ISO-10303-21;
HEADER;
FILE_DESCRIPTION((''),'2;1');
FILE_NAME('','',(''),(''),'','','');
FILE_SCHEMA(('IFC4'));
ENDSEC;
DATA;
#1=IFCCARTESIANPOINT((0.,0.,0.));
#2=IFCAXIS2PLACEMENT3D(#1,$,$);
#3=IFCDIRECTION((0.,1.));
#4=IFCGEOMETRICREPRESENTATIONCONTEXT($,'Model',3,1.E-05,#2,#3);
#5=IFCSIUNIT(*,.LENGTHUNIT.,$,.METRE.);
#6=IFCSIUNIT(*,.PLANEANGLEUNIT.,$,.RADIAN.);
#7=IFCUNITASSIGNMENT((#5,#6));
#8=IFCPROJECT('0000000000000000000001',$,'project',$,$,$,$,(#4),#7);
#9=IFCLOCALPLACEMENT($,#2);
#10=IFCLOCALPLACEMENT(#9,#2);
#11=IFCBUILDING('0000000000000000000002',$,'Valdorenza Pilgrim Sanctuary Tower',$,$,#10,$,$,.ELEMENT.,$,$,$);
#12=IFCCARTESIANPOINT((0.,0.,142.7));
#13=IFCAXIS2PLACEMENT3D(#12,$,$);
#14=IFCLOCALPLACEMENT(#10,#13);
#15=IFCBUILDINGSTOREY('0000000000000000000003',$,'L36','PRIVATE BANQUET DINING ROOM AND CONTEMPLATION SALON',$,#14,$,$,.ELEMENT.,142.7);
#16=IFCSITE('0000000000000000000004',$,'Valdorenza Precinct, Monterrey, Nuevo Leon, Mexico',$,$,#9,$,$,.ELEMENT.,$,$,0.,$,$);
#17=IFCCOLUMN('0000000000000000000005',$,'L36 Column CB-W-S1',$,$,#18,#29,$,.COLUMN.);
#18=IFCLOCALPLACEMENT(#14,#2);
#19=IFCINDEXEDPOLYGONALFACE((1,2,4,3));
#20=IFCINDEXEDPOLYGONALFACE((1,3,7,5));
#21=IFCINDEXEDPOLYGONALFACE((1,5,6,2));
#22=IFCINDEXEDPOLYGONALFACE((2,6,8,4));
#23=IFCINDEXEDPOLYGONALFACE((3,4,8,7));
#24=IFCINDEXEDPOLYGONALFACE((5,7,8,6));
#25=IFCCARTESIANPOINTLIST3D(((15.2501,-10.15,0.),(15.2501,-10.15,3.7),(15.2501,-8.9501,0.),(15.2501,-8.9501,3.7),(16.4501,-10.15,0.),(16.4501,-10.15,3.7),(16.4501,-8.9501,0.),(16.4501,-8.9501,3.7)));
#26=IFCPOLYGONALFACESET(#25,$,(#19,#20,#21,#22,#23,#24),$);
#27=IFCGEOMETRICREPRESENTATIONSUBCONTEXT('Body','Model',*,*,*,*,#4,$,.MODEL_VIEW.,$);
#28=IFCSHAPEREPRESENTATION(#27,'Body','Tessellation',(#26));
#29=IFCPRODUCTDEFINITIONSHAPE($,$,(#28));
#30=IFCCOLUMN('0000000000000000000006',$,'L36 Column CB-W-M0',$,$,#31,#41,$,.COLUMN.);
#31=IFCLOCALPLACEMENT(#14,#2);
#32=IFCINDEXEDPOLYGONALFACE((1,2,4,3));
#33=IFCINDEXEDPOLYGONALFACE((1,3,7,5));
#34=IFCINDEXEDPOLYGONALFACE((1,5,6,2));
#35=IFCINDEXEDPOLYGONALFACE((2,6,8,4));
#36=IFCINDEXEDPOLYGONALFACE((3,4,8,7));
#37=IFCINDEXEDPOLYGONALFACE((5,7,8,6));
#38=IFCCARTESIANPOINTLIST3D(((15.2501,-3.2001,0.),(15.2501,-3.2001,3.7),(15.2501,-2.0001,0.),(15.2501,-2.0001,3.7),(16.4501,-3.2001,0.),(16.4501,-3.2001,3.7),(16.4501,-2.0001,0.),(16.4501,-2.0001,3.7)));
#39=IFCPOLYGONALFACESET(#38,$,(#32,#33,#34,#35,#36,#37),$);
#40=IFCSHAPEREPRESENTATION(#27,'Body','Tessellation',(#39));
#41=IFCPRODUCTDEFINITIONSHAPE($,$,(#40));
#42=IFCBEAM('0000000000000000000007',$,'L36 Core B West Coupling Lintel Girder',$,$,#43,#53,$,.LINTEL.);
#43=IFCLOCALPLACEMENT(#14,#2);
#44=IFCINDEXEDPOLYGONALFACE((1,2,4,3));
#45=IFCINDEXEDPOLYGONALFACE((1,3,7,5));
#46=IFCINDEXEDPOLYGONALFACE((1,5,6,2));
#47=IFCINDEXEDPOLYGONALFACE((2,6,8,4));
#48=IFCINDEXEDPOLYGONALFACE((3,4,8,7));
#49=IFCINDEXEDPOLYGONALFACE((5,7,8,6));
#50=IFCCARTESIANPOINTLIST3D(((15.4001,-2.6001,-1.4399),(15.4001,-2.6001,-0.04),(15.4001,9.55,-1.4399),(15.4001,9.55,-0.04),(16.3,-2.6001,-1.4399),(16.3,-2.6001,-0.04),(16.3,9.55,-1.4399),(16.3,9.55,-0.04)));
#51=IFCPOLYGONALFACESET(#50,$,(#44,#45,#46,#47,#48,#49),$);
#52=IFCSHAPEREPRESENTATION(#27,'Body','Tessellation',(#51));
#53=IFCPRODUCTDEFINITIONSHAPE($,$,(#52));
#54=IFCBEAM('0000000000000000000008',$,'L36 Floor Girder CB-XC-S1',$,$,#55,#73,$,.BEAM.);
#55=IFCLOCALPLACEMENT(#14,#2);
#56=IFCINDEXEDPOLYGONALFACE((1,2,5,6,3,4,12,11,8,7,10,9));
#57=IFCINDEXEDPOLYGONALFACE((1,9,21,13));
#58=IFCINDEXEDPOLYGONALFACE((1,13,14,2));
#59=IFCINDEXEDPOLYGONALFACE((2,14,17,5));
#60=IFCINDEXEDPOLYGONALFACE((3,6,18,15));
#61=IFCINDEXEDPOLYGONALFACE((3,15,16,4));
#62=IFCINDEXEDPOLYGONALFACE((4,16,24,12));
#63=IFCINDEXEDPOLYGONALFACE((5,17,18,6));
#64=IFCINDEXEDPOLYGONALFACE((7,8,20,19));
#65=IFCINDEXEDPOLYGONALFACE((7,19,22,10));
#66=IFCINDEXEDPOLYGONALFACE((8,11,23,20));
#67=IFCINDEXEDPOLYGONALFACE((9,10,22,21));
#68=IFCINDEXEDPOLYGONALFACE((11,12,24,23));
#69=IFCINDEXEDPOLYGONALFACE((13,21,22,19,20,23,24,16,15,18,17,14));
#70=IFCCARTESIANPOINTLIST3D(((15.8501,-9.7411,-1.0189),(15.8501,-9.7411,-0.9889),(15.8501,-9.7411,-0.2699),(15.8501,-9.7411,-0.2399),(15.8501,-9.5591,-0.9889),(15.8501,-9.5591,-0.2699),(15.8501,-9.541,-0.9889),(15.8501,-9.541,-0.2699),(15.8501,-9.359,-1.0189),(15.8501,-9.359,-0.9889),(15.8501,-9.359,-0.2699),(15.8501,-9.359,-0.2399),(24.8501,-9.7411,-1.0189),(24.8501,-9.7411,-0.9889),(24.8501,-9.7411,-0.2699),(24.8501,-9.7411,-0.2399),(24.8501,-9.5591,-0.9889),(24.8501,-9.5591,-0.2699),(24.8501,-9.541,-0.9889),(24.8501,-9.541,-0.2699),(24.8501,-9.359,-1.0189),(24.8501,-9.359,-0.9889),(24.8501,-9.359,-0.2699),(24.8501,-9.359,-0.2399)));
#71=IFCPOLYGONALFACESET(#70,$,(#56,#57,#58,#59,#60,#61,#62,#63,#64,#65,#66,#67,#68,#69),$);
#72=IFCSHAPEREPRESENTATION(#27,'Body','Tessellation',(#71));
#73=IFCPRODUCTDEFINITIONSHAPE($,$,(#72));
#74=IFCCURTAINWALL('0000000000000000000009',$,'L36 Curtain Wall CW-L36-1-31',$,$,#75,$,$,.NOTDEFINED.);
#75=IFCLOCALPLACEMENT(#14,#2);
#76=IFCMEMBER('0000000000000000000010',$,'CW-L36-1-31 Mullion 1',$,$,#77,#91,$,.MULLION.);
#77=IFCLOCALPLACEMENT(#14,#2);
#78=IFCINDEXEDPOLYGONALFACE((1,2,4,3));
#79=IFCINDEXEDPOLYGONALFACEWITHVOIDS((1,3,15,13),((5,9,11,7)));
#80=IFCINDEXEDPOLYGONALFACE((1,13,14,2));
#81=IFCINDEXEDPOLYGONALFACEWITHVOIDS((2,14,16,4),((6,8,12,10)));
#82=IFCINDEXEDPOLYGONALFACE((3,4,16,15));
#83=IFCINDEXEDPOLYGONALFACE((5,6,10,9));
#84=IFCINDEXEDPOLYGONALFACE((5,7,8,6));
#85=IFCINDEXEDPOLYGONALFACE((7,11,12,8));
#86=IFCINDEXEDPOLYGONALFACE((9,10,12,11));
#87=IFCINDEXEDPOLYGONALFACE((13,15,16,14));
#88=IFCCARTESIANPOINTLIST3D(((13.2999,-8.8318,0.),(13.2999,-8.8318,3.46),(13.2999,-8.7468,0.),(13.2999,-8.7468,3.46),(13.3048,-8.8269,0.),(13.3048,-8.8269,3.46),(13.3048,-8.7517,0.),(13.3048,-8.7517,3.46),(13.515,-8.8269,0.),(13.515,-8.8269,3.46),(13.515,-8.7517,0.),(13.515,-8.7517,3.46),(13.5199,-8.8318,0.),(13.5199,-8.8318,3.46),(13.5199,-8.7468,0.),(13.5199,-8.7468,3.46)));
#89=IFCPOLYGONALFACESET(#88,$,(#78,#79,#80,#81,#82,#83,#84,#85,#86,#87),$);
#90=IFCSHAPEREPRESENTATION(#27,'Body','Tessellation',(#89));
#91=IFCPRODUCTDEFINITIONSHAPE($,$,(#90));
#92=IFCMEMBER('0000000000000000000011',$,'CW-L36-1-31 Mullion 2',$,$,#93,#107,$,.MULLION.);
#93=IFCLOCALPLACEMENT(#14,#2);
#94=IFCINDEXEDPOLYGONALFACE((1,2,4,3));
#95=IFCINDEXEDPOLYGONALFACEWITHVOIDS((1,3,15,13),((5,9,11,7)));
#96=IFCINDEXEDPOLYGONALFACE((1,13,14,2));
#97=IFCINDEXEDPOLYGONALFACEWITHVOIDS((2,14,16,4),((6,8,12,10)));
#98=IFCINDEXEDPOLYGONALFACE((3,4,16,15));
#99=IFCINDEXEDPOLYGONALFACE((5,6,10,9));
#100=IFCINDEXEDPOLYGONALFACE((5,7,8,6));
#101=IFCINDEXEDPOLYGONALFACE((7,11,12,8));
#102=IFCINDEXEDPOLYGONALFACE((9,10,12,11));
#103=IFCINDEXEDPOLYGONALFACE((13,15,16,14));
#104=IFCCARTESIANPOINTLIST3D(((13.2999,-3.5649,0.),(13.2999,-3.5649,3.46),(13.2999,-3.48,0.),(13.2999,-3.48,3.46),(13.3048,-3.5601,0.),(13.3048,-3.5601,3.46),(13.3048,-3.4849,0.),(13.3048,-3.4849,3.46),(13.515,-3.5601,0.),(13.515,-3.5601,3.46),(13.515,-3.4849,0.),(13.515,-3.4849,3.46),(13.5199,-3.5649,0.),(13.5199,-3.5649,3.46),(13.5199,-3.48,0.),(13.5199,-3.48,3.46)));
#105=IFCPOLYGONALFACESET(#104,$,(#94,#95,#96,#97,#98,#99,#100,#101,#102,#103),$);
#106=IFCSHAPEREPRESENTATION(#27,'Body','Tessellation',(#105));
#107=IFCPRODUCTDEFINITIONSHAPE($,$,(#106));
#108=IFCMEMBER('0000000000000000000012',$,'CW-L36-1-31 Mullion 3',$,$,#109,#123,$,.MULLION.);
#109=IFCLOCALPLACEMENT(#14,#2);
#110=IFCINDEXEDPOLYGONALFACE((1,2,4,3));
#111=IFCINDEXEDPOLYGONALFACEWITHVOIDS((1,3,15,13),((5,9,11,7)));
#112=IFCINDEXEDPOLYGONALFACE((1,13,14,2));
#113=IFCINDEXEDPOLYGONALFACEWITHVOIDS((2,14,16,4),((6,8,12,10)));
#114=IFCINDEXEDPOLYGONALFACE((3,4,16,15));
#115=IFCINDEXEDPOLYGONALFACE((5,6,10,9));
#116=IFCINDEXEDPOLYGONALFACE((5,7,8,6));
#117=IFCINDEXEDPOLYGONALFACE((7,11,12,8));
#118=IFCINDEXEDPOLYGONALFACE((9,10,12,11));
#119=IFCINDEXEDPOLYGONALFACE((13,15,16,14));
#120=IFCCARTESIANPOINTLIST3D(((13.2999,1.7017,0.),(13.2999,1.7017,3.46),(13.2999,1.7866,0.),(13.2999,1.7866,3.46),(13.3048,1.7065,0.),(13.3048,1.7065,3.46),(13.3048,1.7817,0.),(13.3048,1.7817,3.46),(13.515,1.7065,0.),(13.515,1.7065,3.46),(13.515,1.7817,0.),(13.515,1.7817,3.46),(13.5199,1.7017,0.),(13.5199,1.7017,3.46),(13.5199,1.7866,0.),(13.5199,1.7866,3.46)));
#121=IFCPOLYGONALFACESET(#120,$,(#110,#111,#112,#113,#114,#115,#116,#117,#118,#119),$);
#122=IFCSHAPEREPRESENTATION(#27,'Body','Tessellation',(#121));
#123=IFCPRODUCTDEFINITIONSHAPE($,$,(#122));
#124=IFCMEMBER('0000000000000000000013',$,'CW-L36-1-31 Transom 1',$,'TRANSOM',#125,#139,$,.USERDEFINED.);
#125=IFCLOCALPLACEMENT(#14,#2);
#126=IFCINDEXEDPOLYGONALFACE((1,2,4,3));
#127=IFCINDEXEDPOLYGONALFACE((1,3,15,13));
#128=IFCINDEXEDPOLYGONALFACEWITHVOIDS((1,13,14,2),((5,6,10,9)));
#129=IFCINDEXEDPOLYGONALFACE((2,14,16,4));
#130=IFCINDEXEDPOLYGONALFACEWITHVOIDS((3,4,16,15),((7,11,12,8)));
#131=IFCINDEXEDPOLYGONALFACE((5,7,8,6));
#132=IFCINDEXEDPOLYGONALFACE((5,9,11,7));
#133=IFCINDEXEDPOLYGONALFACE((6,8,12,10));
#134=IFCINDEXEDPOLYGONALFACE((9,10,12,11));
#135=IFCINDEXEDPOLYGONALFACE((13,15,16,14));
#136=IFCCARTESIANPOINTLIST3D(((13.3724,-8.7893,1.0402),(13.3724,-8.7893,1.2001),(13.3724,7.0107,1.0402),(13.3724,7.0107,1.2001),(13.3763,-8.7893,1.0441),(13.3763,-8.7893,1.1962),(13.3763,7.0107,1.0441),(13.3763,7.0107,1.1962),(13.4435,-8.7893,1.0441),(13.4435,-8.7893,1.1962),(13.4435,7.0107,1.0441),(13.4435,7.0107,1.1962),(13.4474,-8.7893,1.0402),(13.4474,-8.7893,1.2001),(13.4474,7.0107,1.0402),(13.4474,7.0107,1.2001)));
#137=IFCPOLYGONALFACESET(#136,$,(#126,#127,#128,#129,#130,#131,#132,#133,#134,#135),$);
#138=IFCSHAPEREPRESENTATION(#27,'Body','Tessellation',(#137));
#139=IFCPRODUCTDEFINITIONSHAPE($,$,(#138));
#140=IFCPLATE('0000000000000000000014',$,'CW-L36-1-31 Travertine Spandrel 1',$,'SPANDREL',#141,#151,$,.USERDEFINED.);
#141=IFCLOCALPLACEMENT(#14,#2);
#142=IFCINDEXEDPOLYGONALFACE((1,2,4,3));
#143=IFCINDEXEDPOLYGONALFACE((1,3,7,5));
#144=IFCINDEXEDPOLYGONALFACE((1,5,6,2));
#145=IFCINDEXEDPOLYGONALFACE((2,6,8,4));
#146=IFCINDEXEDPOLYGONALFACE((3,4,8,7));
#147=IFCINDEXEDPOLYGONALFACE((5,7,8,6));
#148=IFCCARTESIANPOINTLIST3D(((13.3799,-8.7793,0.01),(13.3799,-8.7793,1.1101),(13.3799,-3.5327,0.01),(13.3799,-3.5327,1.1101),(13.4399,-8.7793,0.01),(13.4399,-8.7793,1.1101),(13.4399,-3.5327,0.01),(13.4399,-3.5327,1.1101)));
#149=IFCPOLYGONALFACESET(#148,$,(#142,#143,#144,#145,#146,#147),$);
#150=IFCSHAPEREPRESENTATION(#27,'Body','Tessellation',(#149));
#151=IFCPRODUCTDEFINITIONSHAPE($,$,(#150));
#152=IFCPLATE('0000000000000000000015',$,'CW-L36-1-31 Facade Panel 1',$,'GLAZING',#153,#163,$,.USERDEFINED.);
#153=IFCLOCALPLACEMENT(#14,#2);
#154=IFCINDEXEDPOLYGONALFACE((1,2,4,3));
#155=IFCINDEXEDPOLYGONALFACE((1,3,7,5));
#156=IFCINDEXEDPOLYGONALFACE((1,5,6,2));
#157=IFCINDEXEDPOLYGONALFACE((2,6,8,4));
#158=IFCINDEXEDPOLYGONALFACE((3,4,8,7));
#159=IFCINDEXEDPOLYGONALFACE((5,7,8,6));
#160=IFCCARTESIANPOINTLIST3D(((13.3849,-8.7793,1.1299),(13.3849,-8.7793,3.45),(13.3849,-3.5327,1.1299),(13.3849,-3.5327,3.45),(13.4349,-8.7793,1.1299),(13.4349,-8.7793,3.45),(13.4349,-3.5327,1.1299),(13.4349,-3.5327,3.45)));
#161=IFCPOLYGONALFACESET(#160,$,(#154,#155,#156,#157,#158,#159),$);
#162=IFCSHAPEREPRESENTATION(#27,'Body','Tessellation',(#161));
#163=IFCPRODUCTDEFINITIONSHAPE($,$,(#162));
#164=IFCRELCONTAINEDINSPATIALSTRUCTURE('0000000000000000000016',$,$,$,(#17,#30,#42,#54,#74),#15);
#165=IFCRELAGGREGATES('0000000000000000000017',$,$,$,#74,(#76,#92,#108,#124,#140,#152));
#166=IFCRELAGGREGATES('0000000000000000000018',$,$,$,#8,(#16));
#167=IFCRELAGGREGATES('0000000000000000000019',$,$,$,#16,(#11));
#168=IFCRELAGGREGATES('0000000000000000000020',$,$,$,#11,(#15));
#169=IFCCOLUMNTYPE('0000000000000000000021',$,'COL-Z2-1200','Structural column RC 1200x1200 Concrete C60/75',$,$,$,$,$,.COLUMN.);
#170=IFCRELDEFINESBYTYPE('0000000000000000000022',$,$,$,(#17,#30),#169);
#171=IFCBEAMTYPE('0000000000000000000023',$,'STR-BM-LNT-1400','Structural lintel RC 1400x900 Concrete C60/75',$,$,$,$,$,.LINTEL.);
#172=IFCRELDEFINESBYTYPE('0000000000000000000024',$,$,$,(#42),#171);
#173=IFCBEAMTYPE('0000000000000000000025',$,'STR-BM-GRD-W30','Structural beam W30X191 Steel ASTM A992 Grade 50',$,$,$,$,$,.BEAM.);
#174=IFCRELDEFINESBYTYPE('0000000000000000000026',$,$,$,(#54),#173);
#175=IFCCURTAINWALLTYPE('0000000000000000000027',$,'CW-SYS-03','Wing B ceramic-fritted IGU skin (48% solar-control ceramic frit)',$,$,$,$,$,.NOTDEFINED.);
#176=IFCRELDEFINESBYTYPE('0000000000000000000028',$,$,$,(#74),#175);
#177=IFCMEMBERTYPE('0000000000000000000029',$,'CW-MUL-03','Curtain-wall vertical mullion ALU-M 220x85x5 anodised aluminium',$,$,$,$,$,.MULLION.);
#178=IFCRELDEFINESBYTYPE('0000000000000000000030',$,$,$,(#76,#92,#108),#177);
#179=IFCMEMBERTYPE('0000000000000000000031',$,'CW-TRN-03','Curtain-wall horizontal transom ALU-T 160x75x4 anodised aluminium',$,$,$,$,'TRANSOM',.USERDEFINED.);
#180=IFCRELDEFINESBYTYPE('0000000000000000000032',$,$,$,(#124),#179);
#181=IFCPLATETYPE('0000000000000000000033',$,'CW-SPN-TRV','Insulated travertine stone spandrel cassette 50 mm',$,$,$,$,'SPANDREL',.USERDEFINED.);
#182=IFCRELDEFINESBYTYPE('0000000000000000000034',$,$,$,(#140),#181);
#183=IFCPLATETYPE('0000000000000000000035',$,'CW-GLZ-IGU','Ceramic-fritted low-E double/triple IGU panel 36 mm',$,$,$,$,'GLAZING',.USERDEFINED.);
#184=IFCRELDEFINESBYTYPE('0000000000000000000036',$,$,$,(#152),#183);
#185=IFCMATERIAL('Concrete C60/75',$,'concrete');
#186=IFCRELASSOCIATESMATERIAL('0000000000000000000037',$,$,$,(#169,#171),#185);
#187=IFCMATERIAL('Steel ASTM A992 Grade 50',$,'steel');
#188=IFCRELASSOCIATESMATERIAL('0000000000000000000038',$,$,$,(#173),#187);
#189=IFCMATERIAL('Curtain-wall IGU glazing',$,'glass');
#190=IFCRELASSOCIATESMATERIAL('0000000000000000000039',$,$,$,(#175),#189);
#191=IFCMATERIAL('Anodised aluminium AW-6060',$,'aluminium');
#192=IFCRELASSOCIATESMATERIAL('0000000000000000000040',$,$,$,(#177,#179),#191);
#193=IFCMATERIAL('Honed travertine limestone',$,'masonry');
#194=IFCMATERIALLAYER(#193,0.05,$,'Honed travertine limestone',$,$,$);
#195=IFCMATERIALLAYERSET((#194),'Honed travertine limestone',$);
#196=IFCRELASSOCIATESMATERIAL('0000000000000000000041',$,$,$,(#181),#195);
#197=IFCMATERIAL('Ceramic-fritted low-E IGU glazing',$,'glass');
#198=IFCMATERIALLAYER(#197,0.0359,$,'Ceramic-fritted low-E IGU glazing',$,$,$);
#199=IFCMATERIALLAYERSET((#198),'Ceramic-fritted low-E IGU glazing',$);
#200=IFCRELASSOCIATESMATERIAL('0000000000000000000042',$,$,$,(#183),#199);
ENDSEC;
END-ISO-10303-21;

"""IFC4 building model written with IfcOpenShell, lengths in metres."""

from ifc_helpers import new_model, si_unit, direction, frame, origin, origin_2d, place, context, subcontext, project, spatial, rectangle, hollow_rectangle, i_section, extrude, source, transform, mapped, material, layer, layer_set, material_profile, profile_set, type_object, element, aggregate, save


model = new_model("IFC4")

# Units and contexts
model_context = context("Model", 3, precision=1e-05, world=origin(), true_north=direction((0.0, 1.0)))
body_context = subcontext(model_context, "Body", "Model", "MODEL_VIEW")
ifc_project = project(units=[si_unit("LENGTHUNIT", "METRE"), si_unit("PLANEANGLEUNIT", "RADIAN")], contexts=[model_context])

# Site, building, storey
site_placement = place(None, origin())
site = spatial("IfcSite", under=ifc_project, at=site_placement, Name="Valdorenza Precinct, Monterrey, Nuevo Leon, Mexico", CompositionType="ELEMENT", RefElevation=0.0)
building_placement = place(site_placement, origin())
building = spatial("IfcBuilding", under=site, at=building_placement, Name="Valdorenza Pilgrim Sanctuary Tower", CompositionType="ELEMENT")
storey_placement = place(building_placement, frame((0.0, 0.0, 142.7)))
storey = spatial("IfcBuildingStorey", under=building, at=storey_placement, Name="L36", Description="PRIVATE BANQUET DINING ROOM AND CONTEMPLATION SALON", CompositionType="ELEMENT", Elevation=142.7)

# Columns
ifc_material_1 = material(Name="Concrete C60/75", Category="concrete")
ifc_material_profile_1 = material_profile(ifc_material_1, rectangle(XDim=1.2, YDim=1.2, at=origin_2d()), Name="RC 1200x1200")
ifc_profile_set_1 = profile_set([ifc_material_profile_1], Name="Concrete C60/75")
column_type = type_object("IfcColumnType", Name="COL-Z2-1200", Description="Structural column RC 1200x1200 Concrete C60/75", PredefinedType="COLUMN", material=ifc_profile_set_1)
shared_shape_1 = source(origin(), body_context, "Body", "SweptSolid", [
    extrude(rectangle(XDim=1.2, YDim=1.2, at=origin_2d()), origin(), (0.0, 0.0, 1.0), 3.7),
])
for number, where, z_axis, x_axis, name in (
    (1, (15.8501, -9.55, 0.0), (0.0, 0.0, 1.0), (1.0, 0.0, 0.0), "L36 Column CB-W-S1"),
    (2, (15.8501, -2.6001, 0.0), (0.0, 0.0, 1.0), (1.0, 0.0, 0.0), "L36 Column CB-W-M0"),
):
    element("IfcColumn", number, at=place(storey_placement, frame(where, z_axis=z_axis, x_axis=x_axis)), inside=storey, type_object=column_type, Name=name, PredefinedType="COLUMN", context=body_context, shape_type="MappedRepresentation", body=[
        mapped(shared_shape_1, transform((0.0, 0.0, 0.0), x_axis=(1.0, 0.0, 0.0), y_axis=(0.0, 1.0, 0.0), z_axis=(0.0, 0.0, 1.0), scale=1.0)),
    ])

# Beams
ifc_material_profile_2 = material_profile(ifc_material_1, rectangle(XDim=0.8999, YDim=1.3999, at=origin_2d()), Name="RC 1400x900")
ifc_profile_set_2 = profile_set([ifc_material_profile_2], Name="Concrete C60/75")
beam_type_1 = type_object("IfcBeamType", Name="STR-BM-LNT-1400", Description="Structural lintel RC 1400x900 Concrete C60/75", PredefinedType="LINTEL", material=ifc_profile_set_2)
shared_shape_2 = source(origin(), body_context, "Body", "SweptSolid", [
    extrude(rectangle(XDim=0.8999, YDim=1.3999, at=origin_2d()), origin(), (0.0, 0.0, 1.0), 12.1501),
])
beam_1_placement = place(storey_placement, frame((15.8501, -2.6001, -0.74), z_axis=(0.0, 1.0, 0.0), x_axis=(-1.0, 0.0, 0.0)))
element("IfcBeam", 3, at=beam_1_placement, inside=storey, type_object=beam_type_1, Name="L36 Core B West Coupling Lintel Girder", PredefinedType="LINTEL", context=body_context, shape_type="MappedRepresentation", body=[
    mapped(shared_shape_2, transform((0.0, 0.0, 0.0), x_axis=(1.0, 0.0, 0.0), y_axis=(0.0, 1.0, 0.0), z_axis=(0.0, 0.0, 1.0), scale=1.0)),
])
ifc_material_2 = material(Name="Steel ASTM A992 Grade 50", Category="steel")
ifc_material_profile_3 = material_profile(ifc_material_2, i_section(OverallWidth=0.3821, OverallDepth=0.7791, WebThickness=0.0181, FlangeThickness=0.03, at=origin_2d()), Name="W30X191")
ifc_profile_set_3 = profile_set([ifc_material_profile_3], Name="Steel ASTM A992 Grade 50")
beam_type_2 = type_object("IfcBeamType", Name="STR-BM-GRD-W30", Description="Structural beam W30X191 Steel ASTM A992 Grade 50", PredefinedType="BEAM", material=ifc_profile_set_3)
shared_shape_3 = source(origin(), body_context, "Body", "SweptSolid", [
    extrude(i_section(OverallWidth=0.3821, OverallDepth=0.7791, WebThickness=0.0181, FlangeThickness=0.03, at=origin_2d()), origin(), (0.0, 0.0, 1.0), 9.0),
])
beam_2_placement = place(storey_placement, frame((15.8501, -9.55, -0.6294), z_axis=(1.0, 0.0, 0.0), x_axis=(0.0, 1.0, 0.0)))
element("IfcBeam", 4, at=beam_2_placement, inside=storey, type_object=beam_type_2, Name="L36 Floor Girder CB-XC-S1", PredefinedType="BEAM", context=body_context, shape_type="MappedRepresentation", body=[
    mapped(shared_shape_3, transform((0.0, 0.0, 0.0), x_axis=(1.0, 0.0, 0.0), y_axis=(0.0, 1.0, 0.0), z_axis=(0.0, 0.0, 1.0), scale=1.0)),
])

# Curtain wall, members, plates
ifc_material_3 = material(Name="Curtain-wall IGU glazing", Category="glass")
curtain_wall_type = type_object("IfcCurtainWallType", Name="CW-SYS-03", Description="Wing B ceramic-fritted IGU skin (48% solar-control ceramic frit)", PredefinedType="NOTDEFINED", material=ifc_material_3)
curtain_wall_placement = place(storey_placement, origin())
curtain_wall = element("IfcCurtainWall", 5, at=curtain_wall_placement, inside=storey, type_object=curtain_wall_type, Name="L36 Curtain Wall CW-L36-1-31", PredefinedType="NOTDEFINED")
ifc_material_4 = material(Name="Anodised aluminium AW-6060", Category="aluminium")
ifc_material_profile_4 = material_profile(ifc_material_4, hollow_rectangle(XDim=0.085, YDim=0.22, WallThickness=0.0049, at=origin_2d()), Name="ALU-M 220x85x5")
ifc_profile_set_4 = profile_set([ifc_material_profile_4], Name="Anodised aluminium AW-6060")
member_type_1 = type_object("IfcMemberType", Name="CW-MUL-03", Description="Curtain-wall vertical mullion ALU-M 220x85x5 anodised aluminium", PredefinedType="MULLION", material=ifc_profile_set_4)
shared_shape_4 = source(origin(), body_context, "Body", "SweptSolid", [
    extrude(hollow_rectangle(XDim=0.085, YDim=0.22, WallThickness=0.0049, at=origin_2d()), origin(), (0.0, 0.0, 1.0), 3.46),
])
member_1_placement = place(storey_placement, frame((13.4099, -8.7893, 0.0), z_axis=(0.0, 0.0, 1.0), x_axis=(0.0, 1.0, 0.0)))
member_1 = element("IfcMember", 6, at=member_1_placement, type_object=member_type_1, Name="CW-L36-1-31 Mullion 1", PredefinedType="MULLION", context=body_context, shape_type="MappedRepresentation", body=[
    mapped(shared_shape_4, transform((0.0, 0.0, 0.0), x_axis=(1.0, 0.0, 0.0), y_axis=(0.0, 1.0, 0.0), z_axis=(0.0, 0.0, 1.0), scale=1.0)),
])
member_2_placement = place(storey_placement, frame((13.4099, -3.5225, 0.0), z_axis=(0.0, 0.0, 1.0), x_axis=(0.0, 1.0, 0.0)))
member_2 = element("IfcMember", 7, at=member_2_placement, type_object=member_type_1, Name="CW-L36-1-31 Mullion 2", PredefinedType="MULLION", context=body_context, shape_type="MappedRepresentation", body=[
    mapped(shared_shape_4, transform((0.0, 0.0, 0.0), x_axis=(1.0, 0.0, 0.0), y_axis=(0.0, 1.0, 0.0), z_axis=(0.0, 0.0, 1.0), scale=1.0)),
])
member_3_placement = place(storey_placement, frame((13.4099, 1.7441, 0.0), z_axis=(0.0, 0.0, 1.0), x_axis=(0.0, 1.0, 0.0)))
member_3 = element("IfcMember", 8, at=member_3_placement, type_object=member_type_1, Name="CW-L36-1-31 Mullion 3", PredefinedType="MULLION", context=body_context, shape_type="MappedRepresentation", body=[
    mapped(shared_shape_4, transform((0.0, 0.0, 0.0), x_axis=(1.0, 0.0, 0.0), y_axis=(0.0, 1.0, 0.0), z_axis=(0.0, 0.0, 1.0), scale=1.0)),
])
ifc_material_profile_5 = material_profile(ifc_material_4, hollow_rectangle(XDim=0.075, YDim=0.1599, WallThickness=0.0039, at=origin_2d()), Name="ALU-T 160x75x4")
ifc_profile_set_5 = profile_set([ifc_material_profile_5], Name="Anodised aluminium AW-6060")
member_type_2 = type_object("IfcMemberType", Name="CW-TRN-03", Description="Curtain-wall horizontal transom ALU-T 160x75x4 anodised aluminium", ElementType="TRANSOM", PredefinedType="USERDEFINED", material=ifc_profile_set_5)
shared_shape_5 = source(origin(), body_context, "Body", "SweptSolid", [
    extrude(hollow_rectangle(XDim=0.075, YDim=0.1599, WallThickness=0.0039, at=origin_2d()), origin(), (0.0, 0.0, 1.0), 15.8),
])
member_4_placement = place(storey_placement, frame((13.4099, -8.7893, 1.1201), z_axis=(0.0, 1.0, 0.0), x_axis=(-1.0, 0.0, 0.0)))
member_4 = element("IfcMember", 9, at=member_4_placement, type_object=member_type_2, Name="CW-L36-1-31 Transom 1", ObjectType="TRANSOM", PredefinedType="USERDEFINED", context=body_context, shape_type="MappedRepresentation", body=[
    mapped(shared_shape_5, transform((0.0, 0.0, 0.0), x_axis=(1.0, 0.0, 0.0), y_axis=(0.0, 1.0, 0.0), z_axis=(0.0, 0.0, 1.0), scale=1.0)),
])
ifc_material_5 = material(Name="Honed travertine limestone", Category="masonry")
ifc_layer_1 = layer(ifc_material_5, 0.05, Name="Honed travertine limestone")
ifc_layer_set_1 = layer_set([ifc_layer_1], Name="Honed travertine limestone")
plate_type_1 = type_object("IfcPlateType", Name="CW-SPN-TRV", Description="Insulated travertine stone spandrel cassette 50 mm", ElementType="SPANDREL", PredefinedType="USERDEFINED", material=ifc_layer_set_1)
shared_shape_6 = source(origin(), body_context, "Body", "SweptSolid", [
    extrude(rectangle(XDim=5.2466, YDim=0.0601, at=origin_2d()), origin(), (0.0, 0.0, 1.0), 1.1001),
])
plate_1_placement = place(storey_placement, frame((13.4099, -6.156, 0.01), z_axis=(0.0, 0.0, 1.0), x_axis=(0.0, 1.0, 0.0)))
plate_1 = element("IfcPlate", 10, at=plate_1_placement, type_object=plate_type_1, Name="CW-L36-1-31 Travertine Spandrel 1", ObjectType="SPANDREL", PredefinedType="USERDEFINED", context=body_context, shape_type="MappedRepresentation", body=[
    mapped(shared_shape_6, transform((0.0, 0.0, 0.0), x_axis=(1.0, 0.0, 0.0), y_axis=(0.0, 1.0, 0.0), z_axis=(0.0, 0.0, 1.0), scale=1.0)),
])
ifc_material_6 = material(Name="Ceramic-fritted low-E IGU glazing", Category="glass")
ifc_layer_2 = layer(ifc_material_6, 0.0359, Name="Ceramic-fritted low-E IGU glazing")
ifc_layer_set_2 = layer_set([ifc_layer_2], Name="Ceramic-fritted low-E IGU glazing")
plate_type_2 = type_object("IfcPlateType", Name="CW-GLZ-IGU", Description="Ceramic-fritted low-E double/triple IGU panel 36 mm", ElementType="GLAZING", PredefinedType="USERDEFINED", material=ifc_layer_set_2)
shared_shape_7 = source(origin(), body_context, "Body", "SweptSolid", [
    extrude(rectangle(XDim=5.2466, YDim=0.05, at=origin_2d()), origin(), (0.0, 0.0, 1.0), 2.3201),
])
plate_2_placement = place(storey_placement, frame((13.4099, -6.156, 1.1299), z_axis=(0.0, 0.0, 1.0), x_axis=(0.0, 1.0, 0.0)))
plate_2 = element("IfcPlate", 11, at=plate_2_placement, type_object=plate_type_2, Name="CW-L36-1-31 Facade Panel 1", ObjectType="GLAZING", PredefinedType="USERDEFINED", context=body_context, shape_type="MappedRepresentation", body=[
    mapped(shared_shape_7, transform((0.0, 0.0, 0.0), x_axis=(1.0, 0.0, 0.0), y_axis=(0.0, 1.0, 0.0), z_axis=(0.0, 0.0, 1.0), scale=1.0)),
])
aggregate(curtain_wall, [member_1, member_2, member_3, member_4, plate_1, plate_2])

save(model, "model.ifc")
